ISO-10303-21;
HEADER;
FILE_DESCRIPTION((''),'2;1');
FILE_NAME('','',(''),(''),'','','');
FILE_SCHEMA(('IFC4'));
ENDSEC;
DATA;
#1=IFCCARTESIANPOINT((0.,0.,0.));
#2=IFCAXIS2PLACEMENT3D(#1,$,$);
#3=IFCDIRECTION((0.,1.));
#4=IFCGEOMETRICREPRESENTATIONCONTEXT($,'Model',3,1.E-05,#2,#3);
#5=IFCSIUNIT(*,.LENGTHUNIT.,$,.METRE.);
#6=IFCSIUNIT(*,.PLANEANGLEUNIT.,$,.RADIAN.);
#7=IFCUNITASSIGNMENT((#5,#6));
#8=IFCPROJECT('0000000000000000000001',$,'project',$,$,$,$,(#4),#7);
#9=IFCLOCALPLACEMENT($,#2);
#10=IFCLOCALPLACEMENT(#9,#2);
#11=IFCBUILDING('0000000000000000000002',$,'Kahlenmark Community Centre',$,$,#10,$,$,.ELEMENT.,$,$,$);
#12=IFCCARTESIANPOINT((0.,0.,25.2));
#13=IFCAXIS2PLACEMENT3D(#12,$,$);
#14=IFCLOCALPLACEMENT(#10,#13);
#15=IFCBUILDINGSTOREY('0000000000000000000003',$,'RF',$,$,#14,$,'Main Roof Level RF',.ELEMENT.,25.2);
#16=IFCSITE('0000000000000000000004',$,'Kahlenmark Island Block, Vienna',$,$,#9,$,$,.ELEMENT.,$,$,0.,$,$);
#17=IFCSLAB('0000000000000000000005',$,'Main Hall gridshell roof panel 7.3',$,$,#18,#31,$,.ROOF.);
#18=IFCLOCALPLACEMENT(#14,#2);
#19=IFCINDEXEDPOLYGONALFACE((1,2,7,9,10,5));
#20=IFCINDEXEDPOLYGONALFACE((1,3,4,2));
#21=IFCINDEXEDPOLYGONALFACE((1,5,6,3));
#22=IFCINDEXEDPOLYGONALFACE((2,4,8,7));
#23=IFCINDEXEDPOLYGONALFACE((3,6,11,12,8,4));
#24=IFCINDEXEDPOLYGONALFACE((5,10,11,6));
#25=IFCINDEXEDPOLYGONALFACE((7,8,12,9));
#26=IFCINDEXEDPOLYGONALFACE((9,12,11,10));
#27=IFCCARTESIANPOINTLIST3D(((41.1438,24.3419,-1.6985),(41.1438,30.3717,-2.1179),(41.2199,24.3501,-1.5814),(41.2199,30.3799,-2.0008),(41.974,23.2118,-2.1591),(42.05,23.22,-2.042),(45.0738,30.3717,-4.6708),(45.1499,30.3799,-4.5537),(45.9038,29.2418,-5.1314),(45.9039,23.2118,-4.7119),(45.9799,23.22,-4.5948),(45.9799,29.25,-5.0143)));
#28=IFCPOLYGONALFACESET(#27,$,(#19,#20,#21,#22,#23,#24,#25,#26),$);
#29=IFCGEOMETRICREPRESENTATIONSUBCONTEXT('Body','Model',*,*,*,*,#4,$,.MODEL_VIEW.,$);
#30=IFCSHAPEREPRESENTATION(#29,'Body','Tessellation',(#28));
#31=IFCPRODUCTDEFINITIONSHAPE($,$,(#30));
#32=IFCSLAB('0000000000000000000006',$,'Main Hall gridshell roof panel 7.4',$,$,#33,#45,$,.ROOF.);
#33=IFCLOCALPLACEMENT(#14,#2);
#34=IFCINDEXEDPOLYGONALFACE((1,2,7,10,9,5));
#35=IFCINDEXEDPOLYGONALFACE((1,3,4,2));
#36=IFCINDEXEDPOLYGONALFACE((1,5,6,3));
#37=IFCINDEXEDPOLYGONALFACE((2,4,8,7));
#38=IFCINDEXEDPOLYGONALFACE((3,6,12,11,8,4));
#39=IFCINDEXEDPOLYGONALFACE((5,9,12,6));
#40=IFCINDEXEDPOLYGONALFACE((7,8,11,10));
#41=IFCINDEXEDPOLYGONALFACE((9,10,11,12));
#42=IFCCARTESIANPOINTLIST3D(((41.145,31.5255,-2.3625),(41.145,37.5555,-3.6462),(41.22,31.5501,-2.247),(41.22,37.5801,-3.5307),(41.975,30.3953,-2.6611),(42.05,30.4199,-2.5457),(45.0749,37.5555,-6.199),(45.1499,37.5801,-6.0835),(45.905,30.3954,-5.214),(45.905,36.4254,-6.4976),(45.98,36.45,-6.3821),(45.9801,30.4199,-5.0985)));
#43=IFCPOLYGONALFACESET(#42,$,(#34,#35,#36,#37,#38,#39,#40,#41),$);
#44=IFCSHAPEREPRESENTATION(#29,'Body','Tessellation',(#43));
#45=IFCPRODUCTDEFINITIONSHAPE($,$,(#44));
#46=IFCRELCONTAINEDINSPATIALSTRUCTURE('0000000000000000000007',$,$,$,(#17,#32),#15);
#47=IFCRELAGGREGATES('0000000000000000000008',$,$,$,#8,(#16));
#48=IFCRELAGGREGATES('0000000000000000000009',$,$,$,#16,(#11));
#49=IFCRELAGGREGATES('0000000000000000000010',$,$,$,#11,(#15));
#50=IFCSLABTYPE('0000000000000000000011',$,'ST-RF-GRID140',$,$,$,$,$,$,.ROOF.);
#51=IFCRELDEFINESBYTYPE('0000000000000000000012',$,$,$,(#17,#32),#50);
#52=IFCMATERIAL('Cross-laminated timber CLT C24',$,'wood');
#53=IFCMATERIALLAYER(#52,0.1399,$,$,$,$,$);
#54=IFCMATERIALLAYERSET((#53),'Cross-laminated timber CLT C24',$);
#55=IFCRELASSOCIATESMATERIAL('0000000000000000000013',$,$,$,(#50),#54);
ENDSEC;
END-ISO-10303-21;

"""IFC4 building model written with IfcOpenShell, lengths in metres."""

from ifc_helpers import new_model, si_unit, direction, frame, origin, place, context, subcontext, project, spatial, polyline, outline, extrude, material, layer, layer_set, type_object, element, save


model = new_model("IFC4")

# Units and contexts
model_context = context("Model", 3, precision=1e-05, world=origin(), true_north=direction((0.0, 1.0)))
body_context = subcontext(model_context, "Body", "Model", "MODEL_VIEW")
ifc_project = project(units=[si_unit("LENGTHUNIT", "METRE"), si_unit("PLANEANGLEUNIT", "RADIAN")], contexts=[model_context])

# Site, building, storey
site_placement = place(None, origin())
site = spatial("IfcSite", under=ifc_project, at=site_placement, Name="Kahlenmark Island Block, Vienna", CompositionType="ELEMENT", RefElevation=0.0)
building_placement = place(site_placement, origin())
building = spatial("IfcBuilding", under=site, at=building_placement, Name="Kahlenmark Community Centre", CompositionType="ELEMENT")
storey_placement = place(building_placement, frame((0.0, 0.0, 25.2)))
storey = spatial("IfcBuildingStorey", under=building, at=storey_placement, Name="RF", LongName="Main Roof Level RF", CompositionType="ELEMENT", Elevation=25.2)

# Slabs
ifc_material_1 = material(Name="Cross-laminated timber CLT C24", Category="wood")
ifc_layer_1 = layer(ifc_material_1, 0.1399)
ifc_layer_set_1 = layer_set([ifc_layer_1], Name="Cross-laminated timber CLT C24")
slab_type = type_object("IfcSlabType", Name="ST-RF-GRID140", PredefinedType="ROOF", material=ifc_layer_set_1)
slab_1_placement = place(storey_placement, frame((42.05, 23.22, -2.042), z_axis=(0.54382, 0.058237, 0.837179), x_axis=(0.838602, -0.000001, -0.544744)))
element("IfcSlab", 1, at=slab_1_placement, inside=storey, type_object=slab_type, Name="Main Hall gridshell roof panel 7.3", PredefinedType="ROOF", context=body_context, shape_type="SweptSolid", body=[
    extrude(outline(polyline([(0.0, 0.0), (4.6862, 0.0), (4.9147, 6.0403), (3.9678, 7.1721), (-0.7186, 7.1721), (-0.9471, 1.132), (0.0, 0.0)])), origin(), (0.0, 0.0, -1.0), 0.1399),
])
slab_2_placement = place(storey_placement, frame((42.05, 30.4199, -2.5457), z_axis=(0.536264, 0.175736, 0.825553), x_axis=(0.838604, 0.000005, -0.544742)))
element("IfcSlab", 2, at=slab_2_placement, inside=storey, type_object=slab_type, Name="Main Hall gridshell roof panel 7.4", PredefinedType="ROOF", context=body_context, shape_type="SweptSolid", body=[
    extrude(outline(polyline([(0.0, 0.0), (4.6864, 0.0), (5.3855, 6.1253), (4.5268, 7.2733), (-0.1594, 7.2734), (-0.8588, 1.148), (0.0, 0.0)])), origin(), (0.0, 0.0, -1.0), 0.1399),
])

save(model, "model.ifc")
